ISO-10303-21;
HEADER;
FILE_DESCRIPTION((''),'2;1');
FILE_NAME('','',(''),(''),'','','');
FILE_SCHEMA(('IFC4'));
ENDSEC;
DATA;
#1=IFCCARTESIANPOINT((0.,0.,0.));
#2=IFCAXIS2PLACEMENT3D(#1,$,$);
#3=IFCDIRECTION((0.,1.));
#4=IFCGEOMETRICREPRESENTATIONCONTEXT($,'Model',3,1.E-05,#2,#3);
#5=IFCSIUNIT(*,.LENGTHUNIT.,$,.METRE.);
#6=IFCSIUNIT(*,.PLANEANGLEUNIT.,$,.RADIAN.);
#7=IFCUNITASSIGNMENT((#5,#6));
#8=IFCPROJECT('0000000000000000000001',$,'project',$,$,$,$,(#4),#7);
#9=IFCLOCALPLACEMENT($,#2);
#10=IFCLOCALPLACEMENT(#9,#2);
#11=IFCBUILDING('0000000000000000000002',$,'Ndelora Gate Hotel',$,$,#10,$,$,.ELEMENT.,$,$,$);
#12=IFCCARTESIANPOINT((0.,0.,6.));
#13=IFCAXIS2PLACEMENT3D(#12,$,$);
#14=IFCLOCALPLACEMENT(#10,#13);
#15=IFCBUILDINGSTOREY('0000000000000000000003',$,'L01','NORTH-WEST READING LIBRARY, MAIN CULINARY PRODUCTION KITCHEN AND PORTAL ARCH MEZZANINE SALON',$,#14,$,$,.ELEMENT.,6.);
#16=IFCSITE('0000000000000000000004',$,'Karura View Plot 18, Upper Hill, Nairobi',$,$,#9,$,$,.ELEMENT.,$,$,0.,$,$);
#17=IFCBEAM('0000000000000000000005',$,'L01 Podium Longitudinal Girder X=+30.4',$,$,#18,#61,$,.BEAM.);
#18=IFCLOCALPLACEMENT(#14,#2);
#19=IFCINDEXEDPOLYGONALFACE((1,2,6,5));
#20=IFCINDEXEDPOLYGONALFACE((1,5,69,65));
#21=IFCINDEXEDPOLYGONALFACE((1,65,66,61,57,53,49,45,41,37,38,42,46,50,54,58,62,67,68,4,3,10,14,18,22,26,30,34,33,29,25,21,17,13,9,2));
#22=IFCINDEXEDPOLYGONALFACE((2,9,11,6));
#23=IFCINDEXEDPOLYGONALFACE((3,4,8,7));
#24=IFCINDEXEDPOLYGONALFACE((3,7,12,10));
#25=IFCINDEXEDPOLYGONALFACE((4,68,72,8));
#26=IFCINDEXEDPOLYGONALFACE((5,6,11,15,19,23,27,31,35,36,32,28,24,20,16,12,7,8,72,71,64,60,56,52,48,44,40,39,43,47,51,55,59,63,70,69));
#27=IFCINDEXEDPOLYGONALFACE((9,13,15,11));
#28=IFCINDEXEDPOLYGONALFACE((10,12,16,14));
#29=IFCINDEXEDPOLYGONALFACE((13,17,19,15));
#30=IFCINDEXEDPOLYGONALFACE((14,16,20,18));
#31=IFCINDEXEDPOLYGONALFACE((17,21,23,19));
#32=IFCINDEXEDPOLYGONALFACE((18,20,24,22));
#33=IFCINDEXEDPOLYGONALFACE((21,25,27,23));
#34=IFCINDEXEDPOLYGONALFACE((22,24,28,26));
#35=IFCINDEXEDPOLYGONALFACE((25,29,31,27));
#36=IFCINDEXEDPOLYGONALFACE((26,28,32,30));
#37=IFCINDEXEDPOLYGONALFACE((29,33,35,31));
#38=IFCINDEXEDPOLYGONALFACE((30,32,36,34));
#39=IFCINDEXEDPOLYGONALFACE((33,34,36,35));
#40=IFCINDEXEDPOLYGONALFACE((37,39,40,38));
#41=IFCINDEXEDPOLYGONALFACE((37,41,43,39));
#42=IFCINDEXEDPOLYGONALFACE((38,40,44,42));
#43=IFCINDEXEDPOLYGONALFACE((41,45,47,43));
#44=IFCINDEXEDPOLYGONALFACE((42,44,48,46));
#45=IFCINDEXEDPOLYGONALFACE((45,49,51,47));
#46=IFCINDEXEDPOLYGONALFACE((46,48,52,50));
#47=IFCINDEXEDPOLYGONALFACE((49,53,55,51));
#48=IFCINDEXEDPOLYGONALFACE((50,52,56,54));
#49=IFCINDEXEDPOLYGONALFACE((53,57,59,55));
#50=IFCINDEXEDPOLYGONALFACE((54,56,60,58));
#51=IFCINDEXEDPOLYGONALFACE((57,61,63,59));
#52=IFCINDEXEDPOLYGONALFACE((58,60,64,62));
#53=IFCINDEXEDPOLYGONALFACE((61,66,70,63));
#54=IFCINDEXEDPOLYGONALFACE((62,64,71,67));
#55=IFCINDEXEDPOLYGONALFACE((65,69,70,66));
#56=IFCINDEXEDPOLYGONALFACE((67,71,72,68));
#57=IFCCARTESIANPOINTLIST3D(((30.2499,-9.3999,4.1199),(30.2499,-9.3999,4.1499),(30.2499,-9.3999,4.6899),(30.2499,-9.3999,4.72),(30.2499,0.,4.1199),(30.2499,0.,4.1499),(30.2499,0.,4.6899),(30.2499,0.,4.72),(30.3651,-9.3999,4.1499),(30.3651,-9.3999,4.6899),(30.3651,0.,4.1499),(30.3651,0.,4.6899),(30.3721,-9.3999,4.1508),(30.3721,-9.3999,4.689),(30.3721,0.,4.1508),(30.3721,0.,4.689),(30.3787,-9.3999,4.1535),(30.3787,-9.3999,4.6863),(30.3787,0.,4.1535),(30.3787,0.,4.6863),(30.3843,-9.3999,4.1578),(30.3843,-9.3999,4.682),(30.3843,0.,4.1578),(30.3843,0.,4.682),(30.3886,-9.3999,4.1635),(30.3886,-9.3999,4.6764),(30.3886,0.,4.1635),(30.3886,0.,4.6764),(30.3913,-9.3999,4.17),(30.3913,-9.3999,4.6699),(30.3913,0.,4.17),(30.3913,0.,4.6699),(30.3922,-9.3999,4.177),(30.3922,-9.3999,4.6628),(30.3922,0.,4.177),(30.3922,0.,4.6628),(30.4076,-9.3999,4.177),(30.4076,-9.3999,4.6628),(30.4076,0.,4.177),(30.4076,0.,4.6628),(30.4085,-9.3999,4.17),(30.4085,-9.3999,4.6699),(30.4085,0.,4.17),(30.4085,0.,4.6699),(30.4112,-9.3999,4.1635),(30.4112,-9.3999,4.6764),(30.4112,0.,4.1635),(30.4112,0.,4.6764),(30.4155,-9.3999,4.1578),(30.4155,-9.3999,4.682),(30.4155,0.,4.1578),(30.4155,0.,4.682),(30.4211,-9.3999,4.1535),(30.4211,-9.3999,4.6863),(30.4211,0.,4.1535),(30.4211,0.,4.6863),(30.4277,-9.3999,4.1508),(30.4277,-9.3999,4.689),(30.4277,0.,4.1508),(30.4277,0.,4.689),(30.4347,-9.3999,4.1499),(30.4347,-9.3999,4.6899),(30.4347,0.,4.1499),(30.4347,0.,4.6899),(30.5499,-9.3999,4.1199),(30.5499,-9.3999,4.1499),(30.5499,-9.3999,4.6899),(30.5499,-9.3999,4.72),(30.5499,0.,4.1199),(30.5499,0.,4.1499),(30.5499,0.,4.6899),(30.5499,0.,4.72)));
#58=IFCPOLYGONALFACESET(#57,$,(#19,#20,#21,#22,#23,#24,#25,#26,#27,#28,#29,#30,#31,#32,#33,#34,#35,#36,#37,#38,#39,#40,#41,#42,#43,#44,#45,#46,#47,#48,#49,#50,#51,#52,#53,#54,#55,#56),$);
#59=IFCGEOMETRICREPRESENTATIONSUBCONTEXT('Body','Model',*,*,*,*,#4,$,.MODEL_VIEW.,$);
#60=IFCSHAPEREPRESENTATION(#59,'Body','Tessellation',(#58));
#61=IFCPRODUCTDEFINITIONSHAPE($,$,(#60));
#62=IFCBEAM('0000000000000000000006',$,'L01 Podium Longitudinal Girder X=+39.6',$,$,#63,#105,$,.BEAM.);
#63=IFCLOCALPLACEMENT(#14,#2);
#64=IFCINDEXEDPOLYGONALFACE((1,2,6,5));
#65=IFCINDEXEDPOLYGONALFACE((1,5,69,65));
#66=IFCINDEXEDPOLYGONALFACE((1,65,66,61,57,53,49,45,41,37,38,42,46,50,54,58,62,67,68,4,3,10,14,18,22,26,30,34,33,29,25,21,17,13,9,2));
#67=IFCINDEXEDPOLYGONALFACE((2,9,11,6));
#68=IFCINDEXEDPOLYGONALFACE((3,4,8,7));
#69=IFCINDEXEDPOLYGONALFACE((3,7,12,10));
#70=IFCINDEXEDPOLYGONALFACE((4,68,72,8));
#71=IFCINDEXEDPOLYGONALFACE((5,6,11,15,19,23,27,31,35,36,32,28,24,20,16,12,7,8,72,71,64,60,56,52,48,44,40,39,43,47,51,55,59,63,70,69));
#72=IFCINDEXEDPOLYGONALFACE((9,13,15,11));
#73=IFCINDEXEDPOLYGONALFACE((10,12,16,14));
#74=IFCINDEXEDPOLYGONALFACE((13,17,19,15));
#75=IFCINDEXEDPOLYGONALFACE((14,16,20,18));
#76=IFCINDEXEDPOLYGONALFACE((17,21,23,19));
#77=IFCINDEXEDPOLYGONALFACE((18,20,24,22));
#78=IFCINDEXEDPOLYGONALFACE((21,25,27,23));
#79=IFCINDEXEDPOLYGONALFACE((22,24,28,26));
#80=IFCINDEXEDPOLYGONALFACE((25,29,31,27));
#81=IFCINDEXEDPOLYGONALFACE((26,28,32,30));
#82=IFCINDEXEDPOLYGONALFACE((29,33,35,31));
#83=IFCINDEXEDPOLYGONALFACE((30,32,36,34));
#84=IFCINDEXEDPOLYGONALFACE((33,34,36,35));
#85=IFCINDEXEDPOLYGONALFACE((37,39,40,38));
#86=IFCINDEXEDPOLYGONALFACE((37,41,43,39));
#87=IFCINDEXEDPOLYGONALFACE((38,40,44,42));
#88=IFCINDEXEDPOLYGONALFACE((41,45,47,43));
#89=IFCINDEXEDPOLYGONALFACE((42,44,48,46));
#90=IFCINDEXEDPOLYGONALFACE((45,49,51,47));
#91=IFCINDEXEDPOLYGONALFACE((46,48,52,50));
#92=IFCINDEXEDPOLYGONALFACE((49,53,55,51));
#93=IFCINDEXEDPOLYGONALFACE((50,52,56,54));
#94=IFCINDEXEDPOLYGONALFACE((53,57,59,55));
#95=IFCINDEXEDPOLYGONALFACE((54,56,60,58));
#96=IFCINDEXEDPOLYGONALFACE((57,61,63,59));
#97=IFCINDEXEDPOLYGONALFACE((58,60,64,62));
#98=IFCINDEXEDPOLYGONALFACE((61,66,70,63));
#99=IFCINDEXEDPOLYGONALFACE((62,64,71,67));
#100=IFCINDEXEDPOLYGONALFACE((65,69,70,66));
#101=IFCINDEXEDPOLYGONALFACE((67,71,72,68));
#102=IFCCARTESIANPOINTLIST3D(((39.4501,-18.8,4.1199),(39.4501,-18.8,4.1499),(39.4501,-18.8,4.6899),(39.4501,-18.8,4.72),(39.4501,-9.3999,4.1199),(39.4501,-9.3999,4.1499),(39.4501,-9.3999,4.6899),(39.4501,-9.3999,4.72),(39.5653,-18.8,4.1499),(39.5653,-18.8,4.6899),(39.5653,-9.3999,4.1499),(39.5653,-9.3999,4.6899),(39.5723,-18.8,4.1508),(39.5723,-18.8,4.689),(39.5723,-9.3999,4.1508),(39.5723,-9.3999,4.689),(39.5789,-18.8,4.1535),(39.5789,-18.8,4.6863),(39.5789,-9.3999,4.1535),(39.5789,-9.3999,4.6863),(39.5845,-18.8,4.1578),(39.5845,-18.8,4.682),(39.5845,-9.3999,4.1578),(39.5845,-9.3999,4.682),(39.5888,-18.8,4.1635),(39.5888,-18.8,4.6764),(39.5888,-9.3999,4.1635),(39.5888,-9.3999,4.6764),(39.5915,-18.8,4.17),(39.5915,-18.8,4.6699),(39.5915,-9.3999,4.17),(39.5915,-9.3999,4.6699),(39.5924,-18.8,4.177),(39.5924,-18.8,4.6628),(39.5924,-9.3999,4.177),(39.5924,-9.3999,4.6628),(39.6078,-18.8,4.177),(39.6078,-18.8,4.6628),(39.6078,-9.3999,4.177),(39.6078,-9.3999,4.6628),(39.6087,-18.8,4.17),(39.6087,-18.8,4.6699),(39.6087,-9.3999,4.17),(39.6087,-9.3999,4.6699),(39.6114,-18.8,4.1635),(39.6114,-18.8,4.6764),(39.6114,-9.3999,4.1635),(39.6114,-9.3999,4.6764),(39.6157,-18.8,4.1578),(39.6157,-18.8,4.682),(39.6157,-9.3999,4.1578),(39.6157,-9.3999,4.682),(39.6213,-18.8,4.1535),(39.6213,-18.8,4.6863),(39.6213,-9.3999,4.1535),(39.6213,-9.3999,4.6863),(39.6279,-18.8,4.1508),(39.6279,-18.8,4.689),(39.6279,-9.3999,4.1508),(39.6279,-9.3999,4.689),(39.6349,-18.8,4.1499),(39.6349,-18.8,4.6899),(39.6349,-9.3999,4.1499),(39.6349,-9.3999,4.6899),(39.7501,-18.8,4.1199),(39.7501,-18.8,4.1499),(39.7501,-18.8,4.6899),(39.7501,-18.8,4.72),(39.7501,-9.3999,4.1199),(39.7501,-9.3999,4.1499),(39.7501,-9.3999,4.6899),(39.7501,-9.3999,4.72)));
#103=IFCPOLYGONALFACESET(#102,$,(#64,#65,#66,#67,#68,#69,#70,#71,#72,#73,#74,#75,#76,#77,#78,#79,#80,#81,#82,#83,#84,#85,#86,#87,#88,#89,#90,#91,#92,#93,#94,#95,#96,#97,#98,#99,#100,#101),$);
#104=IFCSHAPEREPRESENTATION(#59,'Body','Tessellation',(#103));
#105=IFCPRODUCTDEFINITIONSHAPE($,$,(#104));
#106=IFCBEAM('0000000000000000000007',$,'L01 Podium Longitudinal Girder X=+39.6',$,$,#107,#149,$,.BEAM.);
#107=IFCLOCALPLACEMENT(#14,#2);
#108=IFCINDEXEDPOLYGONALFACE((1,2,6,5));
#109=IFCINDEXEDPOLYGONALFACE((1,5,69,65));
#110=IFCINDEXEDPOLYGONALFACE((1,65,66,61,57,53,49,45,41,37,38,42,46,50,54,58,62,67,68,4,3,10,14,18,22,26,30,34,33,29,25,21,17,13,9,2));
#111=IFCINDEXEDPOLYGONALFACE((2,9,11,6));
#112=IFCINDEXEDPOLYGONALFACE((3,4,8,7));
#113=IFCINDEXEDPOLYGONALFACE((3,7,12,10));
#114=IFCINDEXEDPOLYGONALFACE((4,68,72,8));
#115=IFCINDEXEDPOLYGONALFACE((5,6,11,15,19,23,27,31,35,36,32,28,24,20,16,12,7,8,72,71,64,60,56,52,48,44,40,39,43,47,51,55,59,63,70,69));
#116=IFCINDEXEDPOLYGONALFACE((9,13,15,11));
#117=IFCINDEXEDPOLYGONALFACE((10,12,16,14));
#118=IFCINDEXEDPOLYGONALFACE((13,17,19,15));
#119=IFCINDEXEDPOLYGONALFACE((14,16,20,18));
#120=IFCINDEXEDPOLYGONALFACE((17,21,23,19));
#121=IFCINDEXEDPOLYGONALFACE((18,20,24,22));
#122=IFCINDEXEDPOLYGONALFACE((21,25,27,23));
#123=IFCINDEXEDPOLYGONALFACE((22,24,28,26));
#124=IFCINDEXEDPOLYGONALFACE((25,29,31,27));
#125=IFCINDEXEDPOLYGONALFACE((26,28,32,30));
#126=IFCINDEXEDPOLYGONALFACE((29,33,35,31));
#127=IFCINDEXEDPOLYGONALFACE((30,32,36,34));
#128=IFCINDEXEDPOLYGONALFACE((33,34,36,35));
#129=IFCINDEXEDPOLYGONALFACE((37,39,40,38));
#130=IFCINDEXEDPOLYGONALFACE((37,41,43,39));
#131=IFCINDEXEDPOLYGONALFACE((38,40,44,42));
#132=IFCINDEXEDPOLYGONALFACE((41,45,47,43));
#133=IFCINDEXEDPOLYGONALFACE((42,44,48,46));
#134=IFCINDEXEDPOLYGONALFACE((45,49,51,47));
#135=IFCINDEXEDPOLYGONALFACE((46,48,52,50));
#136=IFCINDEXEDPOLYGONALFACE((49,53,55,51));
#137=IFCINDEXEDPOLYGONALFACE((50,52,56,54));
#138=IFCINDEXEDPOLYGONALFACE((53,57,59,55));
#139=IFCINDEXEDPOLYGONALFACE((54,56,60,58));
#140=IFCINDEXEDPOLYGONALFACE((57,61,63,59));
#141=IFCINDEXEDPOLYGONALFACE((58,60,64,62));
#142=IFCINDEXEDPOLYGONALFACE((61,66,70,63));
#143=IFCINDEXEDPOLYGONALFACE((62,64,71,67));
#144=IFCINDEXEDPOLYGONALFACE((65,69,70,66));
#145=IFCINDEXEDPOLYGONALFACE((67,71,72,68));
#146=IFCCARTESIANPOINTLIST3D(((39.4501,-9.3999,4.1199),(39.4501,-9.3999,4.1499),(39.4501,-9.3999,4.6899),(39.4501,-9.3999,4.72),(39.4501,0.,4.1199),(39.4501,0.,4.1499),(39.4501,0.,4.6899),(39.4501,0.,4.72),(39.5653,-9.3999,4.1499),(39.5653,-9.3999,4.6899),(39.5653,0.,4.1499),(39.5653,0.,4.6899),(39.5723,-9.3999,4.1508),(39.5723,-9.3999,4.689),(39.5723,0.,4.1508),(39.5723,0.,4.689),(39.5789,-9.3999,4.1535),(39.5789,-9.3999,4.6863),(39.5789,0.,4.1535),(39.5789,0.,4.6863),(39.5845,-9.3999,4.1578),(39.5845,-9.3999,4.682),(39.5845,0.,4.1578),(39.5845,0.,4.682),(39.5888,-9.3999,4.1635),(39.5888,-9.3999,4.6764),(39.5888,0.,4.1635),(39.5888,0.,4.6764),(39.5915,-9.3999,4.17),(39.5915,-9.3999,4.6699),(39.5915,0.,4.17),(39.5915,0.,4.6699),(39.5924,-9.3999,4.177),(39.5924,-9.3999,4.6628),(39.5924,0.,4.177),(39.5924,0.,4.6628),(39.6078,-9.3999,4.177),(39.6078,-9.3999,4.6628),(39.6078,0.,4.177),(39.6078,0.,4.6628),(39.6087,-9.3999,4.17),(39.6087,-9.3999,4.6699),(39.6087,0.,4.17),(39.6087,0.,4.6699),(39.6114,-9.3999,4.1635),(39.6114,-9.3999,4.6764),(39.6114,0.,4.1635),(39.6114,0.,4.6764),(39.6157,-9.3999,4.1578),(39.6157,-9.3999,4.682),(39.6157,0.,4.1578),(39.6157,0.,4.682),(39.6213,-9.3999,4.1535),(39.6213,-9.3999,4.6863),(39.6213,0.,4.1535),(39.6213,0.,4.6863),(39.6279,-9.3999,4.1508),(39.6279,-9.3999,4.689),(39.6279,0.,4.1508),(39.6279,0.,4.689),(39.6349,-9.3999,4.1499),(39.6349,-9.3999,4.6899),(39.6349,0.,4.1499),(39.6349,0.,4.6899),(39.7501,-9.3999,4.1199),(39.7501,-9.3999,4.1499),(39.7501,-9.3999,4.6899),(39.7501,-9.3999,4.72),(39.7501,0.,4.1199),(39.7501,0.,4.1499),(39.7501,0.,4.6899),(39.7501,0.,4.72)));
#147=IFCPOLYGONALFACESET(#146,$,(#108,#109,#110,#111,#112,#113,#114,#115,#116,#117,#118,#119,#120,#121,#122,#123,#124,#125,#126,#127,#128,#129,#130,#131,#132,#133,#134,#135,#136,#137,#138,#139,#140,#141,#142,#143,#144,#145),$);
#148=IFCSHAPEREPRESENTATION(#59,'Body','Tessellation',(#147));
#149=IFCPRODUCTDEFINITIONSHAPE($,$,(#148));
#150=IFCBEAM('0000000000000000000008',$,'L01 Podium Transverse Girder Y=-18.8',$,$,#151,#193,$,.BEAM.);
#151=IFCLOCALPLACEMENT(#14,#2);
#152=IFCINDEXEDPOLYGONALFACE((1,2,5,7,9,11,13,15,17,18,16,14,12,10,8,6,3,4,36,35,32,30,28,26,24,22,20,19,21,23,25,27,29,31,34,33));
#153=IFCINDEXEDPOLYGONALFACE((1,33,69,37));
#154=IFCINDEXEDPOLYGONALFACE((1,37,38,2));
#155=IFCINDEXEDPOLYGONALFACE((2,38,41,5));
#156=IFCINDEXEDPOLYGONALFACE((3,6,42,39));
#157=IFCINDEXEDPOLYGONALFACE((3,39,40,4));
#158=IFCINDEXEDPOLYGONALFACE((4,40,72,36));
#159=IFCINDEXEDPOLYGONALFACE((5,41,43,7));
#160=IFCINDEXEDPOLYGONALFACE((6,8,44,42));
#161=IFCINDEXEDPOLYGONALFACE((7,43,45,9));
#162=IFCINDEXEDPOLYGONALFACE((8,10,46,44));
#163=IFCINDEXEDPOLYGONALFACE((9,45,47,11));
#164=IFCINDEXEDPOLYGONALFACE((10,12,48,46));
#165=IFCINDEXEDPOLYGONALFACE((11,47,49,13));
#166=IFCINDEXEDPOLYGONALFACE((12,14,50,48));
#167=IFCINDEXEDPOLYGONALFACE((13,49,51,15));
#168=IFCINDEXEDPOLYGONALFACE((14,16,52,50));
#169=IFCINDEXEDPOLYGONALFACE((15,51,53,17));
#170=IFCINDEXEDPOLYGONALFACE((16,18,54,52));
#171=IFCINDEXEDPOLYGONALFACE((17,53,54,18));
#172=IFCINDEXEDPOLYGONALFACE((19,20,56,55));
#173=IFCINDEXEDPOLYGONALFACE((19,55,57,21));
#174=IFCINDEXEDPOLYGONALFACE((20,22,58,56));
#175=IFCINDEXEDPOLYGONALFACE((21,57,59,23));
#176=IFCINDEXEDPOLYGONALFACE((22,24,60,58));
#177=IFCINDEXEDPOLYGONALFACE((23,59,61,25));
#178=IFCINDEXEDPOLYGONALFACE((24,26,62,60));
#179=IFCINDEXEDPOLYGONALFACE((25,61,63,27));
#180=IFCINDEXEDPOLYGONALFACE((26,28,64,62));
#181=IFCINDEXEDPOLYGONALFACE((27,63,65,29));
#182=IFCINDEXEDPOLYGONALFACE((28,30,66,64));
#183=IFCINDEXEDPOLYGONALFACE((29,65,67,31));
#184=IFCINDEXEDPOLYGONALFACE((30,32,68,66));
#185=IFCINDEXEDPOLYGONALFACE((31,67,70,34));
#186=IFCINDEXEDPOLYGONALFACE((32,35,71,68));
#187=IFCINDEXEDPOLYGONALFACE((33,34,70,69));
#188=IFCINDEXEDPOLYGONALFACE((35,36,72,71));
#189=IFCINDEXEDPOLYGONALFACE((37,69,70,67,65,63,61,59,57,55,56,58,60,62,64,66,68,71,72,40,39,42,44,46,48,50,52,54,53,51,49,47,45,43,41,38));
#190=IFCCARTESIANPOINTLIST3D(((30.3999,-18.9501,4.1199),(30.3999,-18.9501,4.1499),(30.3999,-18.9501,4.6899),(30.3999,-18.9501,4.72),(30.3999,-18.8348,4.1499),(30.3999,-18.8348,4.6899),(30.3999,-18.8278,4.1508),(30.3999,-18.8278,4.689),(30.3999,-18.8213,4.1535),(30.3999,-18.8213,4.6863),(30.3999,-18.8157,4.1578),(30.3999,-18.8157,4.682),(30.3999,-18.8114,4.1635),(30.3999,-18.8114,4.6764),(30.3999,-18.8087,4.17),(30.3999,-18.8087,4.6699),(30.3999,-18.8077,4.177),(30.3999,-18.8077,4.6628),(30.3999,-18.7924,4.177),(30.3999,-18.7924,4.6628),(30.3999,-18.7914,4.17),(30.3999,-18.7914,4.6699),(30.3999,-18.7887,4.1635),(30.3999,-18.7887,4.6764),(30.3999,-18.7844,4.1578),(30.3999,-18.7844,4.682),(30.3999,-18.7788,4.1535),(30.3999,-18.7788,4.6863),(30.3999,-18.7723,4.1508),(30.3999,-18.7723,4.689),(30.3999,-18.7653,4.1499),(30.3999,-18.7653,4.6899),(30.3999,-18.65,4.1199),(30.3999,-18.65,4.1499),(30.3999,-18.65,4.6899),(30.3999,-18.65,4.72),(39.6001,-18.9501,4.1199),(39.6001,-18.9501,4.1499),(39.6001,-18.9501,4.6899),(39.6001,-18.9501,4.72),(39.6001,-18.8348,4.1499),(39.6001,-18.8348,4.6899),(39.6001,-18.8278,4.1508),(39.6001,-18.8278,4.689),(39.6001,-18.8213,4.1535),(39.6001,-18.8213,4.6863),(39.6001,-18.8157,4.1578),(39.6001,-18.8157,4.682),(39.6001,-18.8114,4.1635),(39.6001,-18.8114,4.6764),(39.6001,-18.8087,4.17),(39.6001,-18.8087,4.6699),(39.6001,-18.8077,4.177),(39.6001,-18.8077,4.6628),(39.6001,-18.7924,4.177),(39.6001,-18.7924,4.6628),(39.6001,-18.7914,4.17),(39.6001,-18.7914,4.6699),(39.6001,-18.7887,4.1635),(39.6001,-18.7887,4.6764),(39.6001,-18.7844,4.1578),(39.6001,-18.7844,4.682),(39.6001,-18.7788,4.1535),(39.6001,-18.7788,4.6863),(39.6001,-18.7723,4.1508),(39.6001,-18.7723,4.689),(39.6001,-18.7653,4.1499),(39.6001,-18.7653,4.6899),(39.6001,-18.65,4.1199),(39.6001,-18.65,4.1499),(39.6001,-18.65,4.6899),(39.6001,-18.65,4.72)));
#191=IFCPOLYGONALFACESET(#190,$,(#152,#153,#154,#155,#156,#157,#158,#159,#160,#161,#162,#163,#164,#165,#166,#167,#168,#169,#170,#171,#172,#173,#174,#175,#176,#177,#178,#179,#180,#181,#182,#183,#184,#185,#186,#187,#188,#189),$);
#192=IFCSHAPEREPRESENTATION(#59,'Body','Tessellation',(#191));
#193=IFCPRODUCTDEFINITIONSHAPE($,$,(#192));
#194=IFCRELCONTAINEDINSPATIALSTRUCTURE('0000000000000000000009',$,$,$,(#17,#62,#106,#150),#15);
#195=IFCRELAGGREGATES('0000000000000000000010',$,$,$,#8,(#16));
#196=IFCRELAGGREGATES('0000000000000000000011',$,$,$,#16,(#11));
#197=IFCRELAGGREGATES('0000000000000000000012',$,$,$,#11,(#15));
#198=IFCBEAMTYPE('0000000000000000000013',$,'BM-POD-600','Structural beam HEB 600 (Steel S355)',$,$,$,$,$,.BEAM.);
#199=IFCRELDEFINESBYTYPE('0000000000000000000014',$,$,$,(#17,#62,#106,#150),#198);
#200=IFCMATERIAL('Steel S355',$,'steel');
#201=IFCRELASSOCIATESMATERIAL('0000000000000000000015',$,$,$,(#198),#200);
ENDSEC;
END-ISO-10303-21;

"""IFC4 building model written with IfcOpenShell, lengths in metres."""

from ifc_helpers import new_model, si_unit, direction, frame, origin, origin_2d, place, context, subcontext, project, spatial, i_section, extrude, material, material_profile, profile_set, type_object, element, save


model = new_model("IFC4")

# Units and contexts
model_context = context("Model", 3, precision=1e-05, world=origin(), true_north=direction((0.0, 1.0)))
body_context = subcontext(model_context, "Body", "Model", "MODEL_VIEW")
ifc_project = project(units=[si_unit("LENGTHUNIT", "METRE"), si_unit("PLANEANGLEUNIT", "RADIAN")], contexts=[model_context])

# Site, building, storey
site_placement = place(None, origin())
site = spatial("IfcSite", under=ifc_project, at=site_placement, Name="Karura View Plot 18, Upper Hill, Nairobi", CompositionType="ELEMENT", RefElevation=0.0)
building_placement = place(site_placement, origin())
building = spatial("IfcBuilding", under=site, at=building_placement, Name="Ndelora Gate Hotel", CompositionType="ELEMENT")
storey_placement = place(building_placement, frame((0.0, 0.0, 6.0)))
storey = spatial("IfcBuildingStorey", under=building, at=storey_placement, Name="L01", Description="NORTH-WEST READING LIBRARY, MAIN CULINARY PRODUCTION KITCHEN AND PORTAL ARCH MEZZANINE SALON", CompositionType="ELEMENT", Elevation=6.0)

# Beams
ifc_material_1 = material(Name="Steel S355", Category="steel")
ifc_material_profile_1 = material_profile(ifc_material_1, i_section(OverallWidth=0.3, OverallDepth=0.6001, WebThickness=0.0154, FlangeThickness=0.03, FilletRadius=0.0271, at=origin_2d()), Name="HEB 600")
ifc_profile_set_1 = profile_set([ifc_material_profile_1], Name="Steel S355")
beam_type_1 = type_object("IfcBeamType", Name="BM-POD-600", Description="Structural beam HEB 600 (Steel S355)", PredefinedType="BEAM", material=ifc_profile_set_1)
beam_1_placement = place(storey_placement, frame((30.3999, -9.3999, 4.4199), z_axis=(0.0, 1.0, 0.0), x_axis=(-1.0, 0.0, 0.0)))
element("IfcBeam", 1, at=beam_1_placement, inside=storey, type_object=beam_type_1, Name="L01 Podium Longitudinal Girder X=+30.4", PredefinedType="BEAM", context=body_context, shape_type="SweptSolid", body=[
    extrude(i_section(OverallWidth=0.3, OverallDepth=0.6001, WebThickness=0.0154, FlangeThickness=0.03, FilletRadius=0.0271, at=origin_2d()), origin(), (0.0, 0.0, 1.0), 9.3999),
])
beam_2_placement = place(storey_placement, frame((39.6001, -18.8, 4.4199), z_axis=(0.0, 1.0, 0.0), x_axis=(-1.0, 0.0, 0.0)))
element("IfcBeam", 2, at=beam_2_placement, inside=storey, type_object=beam_type_1, Name="L01 Podium Longitudinal Girder X=+39.6", PredefinedType="BEAM", context=body_context, shape_type="SweptSolid", body=[
    extrude(i_section(OverallWidth=0.3, OverallDepth=0.6001, WebThickness=0.0154, FlangeThickness=0.03, FilletRadius=0.0271, at=origin_2d()), origin(), (0.0, 0.0, 1.0), 9.4001),
])
beam_3_placement = place(storey_placement, frame((39.6001, -9.3999, 4.4199), z_axis=(0.0, 1.0, 0.0), x_axis=(-1.0, 0.0, 0.0)))
element("IfcBeam", 3, at=beam_3_placement, inside=storey, type_object=beam_type_1, Name="L01 Podium Longitudinal Girder X=+39.6", PredefinedType="BEAM", context=body_context, shape_type="SweptSolid", body=[
    extrude(i_section(OverallWidth=0.3, OverallDepth=0.6001, WebThickness=0.0154, FlangeThickness=0.03, FilletRadius=0.0271, at=origin_2d()), origin(), (0.0, 0.0, 1.0), 9.3999),
])
for number, where, z_axis, x_axis, name in (
    (4, (30.3999, -18.8, 4.4199), (1.0, 0.0, 0.0), (0.0, 1.0, 0.0), "L01 Podium Transverse Girder Y=-18.8"),
):
    element("IfcBeam", number, at=place(storey_placement, frame(where, z_axis=z_axis, x_axis=x_axis)), inside=storey, type_object=beam_type_1, Name=name, PredefinedType="BEAM", context=body_context, shape_type="SweptSolid", body=[
        extrude(i_section(OverallWidth=0.3, OverallDepth=0.6001, WebThickness=0.0154, FlangeThickness=0.03, FilletRadius=0.0271, at=origin_2d()), origin(), (0.0, 0.0, 1.0), 9.2002),
    ])

save(model, "model.ifc")
